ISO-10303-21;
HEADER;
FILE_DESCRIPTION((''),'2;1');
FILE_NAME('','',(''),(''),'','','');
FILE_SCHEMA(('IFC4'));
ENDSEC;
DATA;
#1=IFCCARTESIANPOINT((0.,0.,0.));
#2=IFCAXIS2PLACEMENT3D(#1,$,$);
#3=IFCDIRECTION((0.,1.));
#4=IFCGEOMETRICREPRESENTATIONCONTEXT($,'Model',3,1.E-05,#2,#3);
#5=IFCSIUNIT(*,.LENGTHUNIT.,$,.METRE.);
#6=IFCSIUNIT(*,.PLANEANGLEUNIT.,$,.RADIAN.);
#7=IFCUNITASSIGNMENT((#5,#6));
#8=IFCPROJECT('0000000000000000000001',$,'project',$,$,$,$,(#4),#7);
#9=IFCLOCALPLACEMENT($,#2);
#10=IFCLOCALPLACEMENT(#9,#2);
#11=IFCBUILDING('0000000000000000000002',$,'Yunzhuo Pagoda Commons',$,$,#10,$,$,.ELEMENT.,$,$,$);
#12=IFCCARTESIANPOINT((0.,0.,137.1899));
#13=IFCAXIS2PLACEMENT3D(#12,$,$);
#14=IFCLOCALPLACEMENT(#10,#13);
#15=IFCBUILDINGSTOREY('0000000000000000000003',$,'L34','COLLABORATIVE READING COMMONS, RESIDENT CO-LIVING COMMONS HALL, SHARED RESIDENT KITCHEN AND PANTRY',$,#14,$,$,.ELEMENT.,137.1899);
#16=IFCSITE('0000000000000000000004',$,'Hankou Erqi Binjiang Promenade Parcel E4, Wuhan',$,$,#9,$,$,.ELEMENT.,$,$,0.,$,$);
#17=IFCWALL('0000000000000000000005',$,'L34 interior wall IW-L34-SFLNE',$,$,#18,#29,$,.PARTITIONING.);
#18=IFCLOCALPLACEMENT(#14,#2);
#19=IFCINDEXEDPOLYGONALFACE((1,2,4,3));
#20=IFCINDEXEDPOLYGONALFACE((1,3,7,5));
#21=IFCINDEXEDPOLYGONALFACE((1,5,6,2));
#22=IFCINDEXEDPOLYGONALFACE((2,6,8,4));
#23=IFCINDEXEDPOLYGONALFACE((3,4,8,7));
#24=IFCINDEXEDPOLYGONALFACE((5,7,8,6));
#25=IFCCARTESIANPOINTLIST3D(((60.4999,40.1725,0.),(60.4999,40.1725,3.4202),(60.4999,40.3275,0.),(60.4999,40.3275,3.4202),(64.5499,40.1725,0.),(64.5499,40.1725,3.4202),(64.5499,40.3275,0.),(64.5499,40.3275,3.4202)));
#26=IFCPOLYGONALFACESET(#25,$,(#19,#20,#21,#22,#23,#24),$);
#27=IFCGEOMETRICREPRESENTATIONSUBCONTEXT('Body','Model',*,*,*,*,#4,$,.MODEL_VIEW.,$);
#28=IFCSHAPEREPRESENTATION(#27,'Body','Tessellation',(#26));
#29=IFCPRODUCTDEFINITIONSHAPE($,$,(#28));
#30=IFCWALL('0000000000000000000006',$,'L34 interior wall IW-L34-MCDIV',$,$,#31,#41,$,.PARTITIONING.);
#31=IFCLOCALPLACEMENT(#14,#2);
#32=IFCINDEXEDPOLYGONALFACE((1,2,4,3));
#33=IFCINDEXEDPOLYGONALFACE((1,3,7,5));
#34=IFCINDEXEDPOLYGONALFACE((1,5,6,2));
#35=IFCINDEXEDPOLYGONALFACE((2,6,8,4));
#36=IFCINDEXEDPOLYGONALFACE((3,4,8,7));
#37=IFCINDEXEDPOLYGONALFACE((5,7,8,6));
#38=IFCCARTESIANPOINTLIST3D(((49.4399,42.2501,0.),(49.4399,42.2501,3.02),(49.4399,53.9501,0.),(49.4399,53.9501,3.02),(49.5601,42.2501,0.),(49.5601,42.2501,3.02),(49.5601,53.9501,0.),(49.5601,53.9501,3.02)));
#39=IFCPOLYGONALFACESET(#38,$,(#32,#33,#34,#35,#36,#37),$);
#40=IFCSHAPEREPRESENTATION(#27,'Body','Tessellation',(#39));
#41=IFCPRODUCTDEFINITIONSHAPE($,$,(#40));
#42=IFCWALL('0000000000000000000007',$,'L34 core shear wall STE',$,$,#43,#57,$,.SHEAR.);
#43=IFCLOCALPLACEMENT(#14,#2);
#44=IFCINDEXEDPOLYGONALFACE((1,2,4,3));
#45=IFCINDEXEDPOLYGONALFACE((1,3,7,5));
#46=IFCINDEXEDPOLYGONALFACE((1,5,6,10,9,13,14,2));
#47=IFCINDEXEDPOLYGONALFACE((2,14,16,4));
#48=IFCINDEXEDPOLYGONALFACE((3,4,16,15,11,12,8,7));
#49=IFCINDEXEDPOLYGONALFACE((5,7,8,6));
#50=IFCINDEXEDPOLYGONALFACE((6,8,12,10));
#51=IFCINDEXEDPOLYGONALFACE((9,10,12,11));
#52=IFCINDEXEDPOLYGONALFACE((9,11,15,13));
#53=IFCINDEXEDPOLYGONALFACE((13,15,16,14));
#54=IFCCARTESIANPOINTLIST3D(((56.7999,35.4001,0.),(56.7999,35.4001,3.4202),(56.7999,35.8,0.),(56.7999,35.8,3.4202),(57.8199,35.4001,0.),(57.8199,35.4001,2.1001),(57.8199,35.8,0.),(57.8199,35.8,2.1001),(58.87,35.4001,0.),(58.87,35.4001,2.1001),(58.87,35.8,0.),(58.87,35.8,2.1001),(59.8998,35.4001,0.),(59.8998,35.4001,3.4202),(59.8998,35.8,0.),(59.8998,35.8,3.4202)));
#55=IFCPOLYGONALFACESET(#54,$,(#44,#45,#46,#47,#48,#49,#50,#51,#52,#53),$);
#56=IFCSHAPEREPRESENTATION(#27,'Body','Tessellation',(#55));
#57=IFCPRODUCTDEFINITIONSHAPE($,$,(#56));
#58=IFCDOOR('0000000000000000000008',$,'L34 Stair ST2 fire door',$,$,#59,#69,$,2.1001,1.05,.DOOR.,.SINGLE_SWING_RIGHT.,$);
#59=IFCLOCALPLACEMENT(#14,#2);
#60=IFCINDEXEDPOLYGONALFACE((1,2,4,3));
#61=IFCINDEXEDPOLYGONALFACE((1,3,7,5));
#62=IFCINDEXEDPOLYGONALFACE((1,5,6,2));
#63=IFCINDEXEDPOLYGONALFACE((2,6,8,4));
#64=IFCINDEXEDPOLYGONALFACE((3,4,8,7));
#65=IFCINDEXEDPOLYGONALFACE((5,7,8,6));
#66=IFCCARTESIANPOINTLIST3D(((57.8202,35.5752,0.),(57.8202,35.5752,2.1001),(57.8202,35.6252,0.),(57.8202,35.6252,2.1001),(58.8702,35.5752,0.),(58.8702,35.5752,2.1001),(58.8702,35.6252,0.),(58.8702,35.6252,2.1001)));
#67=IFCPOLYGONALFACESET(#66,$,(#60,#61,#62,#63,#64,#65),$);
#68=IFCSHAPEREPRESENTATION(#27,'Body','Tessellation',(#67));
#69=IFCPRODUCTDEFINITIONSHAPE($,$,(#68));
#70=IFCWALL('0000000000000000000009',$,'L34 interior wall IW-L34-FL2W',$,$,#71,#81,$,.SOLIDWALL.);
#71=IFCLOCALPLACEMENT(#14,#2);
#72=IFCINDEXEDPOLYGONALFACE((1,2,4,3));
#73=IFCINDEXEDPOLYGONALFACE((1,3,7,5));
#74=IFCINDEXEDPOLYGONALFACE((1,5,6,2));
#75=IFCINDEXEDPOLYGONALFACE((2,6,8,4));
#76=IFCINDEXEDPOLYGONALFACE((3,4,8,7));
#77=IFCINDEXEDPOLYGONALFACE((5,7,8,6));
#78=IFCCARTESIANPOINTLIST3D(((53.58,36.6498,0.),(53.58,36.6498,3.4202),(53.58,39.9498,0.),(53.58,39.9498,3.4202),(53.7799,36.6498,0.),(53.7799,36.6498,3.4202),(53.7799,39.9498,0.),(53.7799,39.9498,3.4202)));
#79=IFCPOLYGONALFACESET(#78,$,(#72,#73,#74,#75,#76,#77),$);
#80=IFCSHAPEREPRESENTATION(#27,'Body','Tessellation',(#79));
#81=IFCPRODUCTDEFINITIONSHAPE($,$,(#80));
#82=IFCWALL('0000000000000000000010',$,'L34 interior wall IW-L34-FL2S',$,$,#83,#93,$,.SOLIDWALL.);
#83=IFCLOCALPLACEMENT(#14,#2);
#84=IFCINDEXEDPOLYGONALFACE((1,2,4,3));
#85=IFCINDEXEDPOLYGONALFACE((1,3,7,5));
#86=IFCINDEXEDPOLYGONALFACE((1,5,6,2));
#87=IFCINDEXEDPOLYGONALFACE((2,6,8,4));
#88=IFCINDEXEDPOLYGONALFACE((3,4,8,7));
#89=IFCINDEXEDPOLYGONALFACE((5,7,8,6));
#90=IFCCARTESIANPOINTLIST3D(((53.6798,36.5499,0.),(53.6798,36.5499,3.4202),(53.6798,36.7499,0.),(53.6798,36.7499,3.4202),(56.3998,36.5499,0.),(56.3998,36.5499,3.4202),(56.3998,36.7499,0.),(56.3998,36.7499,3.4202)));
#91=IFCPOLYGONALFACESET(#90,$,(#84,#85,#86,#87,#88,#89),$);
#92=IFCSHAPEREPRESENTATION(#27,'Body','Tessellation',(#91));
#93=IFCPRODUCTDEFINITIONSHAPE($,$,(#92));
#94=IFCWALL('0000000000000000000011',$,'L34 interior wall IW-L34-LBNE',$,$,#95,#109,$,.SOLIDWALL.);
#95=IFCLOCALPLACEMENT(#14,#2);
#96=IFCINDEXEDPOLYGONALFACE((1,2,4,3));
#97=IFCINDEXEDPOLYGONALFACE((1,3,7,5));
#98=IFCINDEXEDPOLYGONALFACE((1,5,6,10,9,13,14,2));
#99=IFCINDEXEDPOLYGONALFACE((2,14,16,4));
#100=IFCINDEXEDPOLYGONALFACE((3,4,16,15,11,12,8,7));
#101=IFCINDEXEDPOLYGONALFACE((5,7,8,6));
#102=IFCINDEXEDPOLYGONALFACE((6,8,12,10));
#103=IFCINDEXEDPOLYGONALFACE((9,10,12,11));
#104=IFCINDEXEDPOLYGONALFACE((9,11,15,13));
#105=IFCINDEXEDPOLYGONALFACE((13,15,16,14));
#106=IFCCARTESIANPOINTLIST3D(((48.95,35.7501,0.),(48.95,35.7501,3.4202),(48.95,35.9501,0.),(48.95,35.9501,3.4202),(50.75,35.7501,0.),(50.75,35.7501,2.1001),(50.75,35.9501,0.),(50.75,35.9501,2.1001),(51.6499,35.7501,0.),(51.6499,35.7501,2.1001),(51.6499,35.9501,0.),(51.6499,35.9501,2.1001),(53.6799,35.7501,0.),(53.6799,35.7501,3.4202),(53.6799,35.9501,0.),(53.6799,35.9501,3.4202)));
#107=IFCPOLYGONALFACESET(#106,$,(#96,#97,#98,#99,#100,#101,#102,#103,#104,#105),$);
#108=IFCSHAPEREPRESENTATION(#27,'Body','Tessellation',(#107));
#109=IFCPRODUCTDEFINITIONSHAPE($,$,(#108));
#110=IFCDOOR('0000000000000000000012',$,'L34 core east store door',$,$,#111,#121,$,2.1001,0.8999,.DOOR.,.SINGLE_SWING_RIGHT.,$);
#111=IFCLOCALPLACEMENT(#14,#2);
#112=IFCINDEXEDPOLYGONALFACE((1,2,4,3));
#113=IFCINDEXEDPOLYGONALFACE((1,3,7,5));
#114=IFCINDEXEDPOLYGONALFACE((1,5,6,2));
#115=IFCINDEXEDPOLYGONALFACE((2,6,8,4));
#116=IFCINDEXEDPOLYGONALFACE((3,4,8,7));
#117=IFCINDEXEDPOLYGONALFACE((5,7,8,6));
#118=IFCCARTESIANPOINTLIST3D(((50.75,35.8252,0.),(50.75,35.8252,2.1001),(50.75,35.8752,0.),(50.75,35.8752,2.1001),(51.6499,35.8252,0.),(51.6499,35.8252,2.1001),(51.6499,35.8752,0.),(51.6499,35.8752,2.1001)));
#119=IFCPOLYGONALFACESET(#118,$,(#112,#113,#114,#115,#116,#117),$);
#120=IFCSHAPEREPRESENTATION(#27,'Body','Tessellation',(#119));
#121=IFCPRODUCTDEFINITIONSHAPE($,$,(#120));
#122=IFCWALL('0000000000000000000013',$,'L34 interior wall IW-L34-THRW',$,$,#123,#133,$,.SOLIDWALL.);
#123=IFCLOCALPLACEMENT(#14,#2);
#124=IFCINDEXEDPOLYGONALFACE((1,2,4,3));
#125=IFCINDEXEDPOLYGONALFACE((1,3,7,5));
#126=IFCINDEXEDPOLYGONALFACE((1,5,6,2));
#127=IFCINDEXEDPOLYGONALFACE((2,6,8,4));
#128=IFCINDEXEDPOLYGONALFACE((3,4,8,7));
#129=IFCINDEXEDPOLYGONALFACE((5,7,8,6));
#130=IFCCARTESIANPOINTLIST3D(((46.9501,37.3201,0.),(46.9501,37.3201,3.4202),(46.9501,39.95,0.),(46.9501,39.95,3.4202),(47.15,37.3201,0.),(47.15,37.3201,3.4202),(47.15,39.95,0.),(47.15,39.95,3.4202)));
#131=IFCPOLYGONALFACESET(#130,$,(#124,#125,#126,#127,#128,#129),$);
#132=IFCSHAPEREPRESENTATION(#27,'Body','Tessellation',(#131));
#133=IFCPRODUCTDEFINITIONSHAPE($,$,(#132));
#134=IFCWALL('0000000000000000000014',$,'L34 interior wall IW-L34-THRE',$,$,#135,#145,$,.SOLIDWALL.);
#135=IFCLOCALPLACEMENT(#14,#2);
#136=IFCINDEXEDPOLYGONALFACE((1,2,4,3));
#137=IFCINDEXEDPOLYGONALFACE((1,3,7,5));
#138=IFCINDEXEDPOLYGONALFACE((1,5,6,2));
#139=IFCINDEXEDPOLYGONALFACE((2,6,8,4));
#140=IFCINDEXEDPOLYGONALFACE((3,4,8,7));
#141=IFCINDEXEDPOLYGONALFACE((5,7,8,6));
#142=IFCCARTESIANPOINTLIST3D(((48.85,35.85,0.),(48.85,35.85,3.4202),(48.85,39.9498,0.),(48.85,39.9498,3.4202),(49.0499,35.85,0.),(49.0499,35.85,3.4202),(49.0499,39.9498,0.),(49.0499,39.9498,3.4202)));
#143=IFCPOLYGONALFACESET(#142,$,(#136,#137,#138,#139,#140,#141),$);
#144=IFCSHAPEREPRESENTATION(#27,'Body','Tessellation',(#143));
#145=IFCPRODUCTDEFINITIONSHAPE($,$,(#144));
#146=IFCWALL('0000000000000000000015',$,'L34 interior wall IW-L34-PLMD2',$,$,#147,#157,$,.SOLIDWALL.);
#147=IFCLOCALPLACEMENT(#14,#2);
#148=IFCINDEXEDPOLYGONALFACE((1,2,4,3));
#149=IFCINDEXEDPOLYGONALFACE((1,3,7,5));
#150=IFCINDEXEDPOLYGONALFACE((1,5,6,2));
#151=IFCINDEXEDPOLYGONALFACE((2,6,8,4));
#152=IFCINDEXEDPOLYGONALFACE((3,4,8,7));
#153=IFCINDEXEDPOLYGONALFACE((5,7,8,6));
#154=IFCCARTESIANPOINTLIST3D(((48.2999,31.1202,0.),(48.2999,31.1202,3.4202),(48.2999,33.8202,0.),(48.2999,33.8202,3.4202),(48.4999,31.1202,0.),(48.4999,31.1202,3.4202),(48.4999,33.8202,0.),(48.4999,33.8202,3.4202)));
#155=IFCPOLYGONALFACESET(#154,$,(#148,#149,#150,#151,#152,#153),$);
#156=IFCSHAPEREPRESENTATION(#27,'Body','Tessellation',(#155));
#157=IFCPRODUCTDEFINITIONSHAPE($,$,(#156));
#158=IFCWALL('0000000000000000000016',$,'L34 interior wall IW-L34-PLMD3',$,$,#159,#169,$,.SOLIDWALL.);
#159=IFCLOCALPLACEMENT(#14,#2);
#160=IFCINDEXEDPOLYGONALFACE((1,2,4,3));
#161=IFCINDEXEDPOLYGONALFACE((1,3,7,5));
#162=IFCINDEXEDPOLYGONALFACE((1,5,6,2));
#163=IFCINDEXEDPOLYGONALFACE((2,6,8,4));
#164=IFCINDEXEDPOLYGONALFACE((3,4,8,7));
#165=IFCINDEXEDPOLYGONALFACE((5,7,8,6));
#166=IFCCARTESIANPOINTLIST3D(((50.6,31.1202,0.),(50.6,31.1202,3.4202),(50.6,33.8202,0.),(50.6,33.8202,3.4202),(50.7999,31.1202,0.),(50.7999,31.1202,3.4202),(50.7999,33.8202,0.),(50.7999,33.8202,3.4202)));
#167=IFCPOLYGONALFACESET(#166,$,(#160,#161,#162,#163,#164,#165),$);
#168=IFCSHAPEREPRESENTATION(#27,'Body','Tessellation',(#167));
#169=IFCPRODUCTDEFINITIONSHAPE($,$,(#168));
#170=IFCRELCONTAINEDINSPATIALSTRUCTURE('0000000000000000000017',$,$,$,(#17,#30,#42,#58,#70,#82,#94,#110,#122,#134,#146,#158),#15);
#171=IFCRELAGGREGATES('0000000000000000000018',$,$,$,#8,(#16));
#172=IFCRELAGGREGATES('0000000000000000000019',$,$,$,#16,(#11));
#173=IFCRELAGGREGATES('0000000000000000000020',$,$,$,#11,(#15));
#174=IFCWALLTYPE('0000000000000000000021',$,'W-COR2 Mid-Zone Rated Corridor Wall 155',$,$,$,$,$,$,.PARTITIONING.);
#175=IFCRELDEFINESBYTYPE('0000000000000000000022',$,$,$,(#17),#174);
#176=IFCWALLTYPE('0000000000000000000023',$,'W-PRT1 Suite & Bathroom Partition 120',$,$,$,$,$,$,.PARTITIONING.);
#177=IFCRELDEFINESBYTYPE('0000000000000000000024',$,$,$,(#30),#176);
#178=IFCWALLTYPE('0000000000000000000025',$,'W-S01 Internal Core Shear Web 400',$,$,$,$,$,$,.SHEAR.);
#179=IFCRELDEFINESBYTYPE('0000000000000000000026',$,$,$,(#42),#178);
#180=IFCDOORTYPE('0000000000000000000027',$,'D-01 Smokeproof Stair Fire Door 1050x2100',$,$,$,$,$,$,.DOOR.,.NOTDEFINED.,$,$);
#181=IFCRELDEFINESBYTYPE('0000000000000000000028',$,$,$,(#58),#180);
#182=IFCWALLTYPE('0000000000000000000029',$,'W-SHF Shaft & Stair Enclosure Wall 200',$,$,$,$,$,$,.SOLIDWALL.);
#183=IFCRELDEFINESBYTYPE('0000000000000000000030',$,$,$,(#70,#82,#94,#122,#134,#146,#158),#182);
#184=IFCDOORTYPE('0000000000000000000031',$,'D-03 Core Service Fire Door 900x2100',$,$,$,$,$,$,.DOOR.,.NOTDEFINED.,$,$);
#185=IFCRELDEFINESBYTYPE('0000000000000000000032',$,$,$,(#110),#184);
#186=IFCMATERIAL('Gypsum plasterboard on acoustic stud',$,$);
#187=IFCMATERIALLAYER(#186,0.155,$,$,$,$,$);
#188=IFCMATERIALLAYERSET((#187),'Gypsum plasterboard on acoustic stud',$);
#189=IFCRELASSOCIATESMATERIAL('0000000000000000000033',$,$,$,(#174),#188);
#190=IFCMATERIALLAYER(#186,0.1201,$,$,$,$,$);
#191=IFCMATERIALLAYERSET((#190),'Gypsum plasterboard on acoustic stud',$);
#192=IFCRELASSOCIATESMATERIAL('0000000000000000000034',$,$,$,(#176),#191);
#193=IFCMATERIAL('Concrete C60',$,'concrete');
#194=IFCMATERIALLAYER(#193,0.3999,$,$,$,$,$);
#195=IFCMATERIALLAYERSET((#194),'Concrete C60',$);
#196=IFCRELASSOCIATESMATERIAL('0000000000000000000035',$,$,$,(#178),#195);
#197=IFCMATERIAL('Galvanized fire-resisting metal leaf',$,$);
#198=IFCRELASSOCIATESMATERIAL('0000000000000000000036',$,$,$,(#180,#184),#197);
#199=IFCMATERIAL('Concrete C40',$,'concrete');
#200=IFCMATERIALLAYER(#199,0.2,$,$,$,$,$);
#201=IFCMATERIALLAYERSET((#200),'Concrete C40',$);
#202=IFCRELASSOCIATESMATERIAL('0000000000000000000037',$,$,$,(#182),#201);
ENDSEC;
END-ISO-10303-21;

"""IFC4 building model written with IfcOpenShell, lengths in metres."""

from ifc_helpers import new_model, si_unit, direction, frame, frame_2d, origin, place, context, subcontext, project, spatial, rectangle, extrude, source, transform, mapped, material, layer, layer_set, type_object, element, fill, save


model = new_model("IFC4")

# Units and contexts
model_context = context("Model", 3, precision=1e-05, world=origin(), true_north=direction((0.0, 1.0)))
body_context = subcontext(model_context, "Body", "Model", "MODEL_VIEW")
ifc_project = project(units=[si_unit("LENGTHUNIT", "METRE"), si_unit("PLANEANGLEUNIT", "RADIAN")], contexts=[model_context])

# Site, building, storey
site_placement = place(None, origin())
site = spatial("IfcSite", under=ifc_project, at=site_placement, Name="Hankou Erqi Binjiang Promenade Parcel E4, Wuhan", CompositionType="ELEMENT", RefElevation=0.0)
building_placement = place(site_placement, origin())
building = spatial("IfcBuilding", under=site, at=building_placement, Name="Yunzhuo Pagoda Commons", CompositionType="ELEMENT")
storey_placement = place(building_placement, frame((0.0, 0.0, 137.1899)))
storey = spatial("IfcBuildingStorey", under=building, at=storey_placement, Name="L34", Description="COLLABORATIVE READING COMMONS, RESIDENT CO-LIVING COMMONS HALL, SHARED RESIDENT KITCHEN AND PANTRY", CompositionType="ELEMENT", Elevation=137.1899)

# Shared definitions
ifc_material_1 = material(Name="Concrete C60", Category="concrete")
ifc_material_2 = material(Name="Galvanized fire-resisting metal leaf")
shared_shape_1 = source(origin(), body_context, "Body", "SweptSolid", [
    extrude(rectangle(XDim=1.05, YDim=2.1001, at=frame_2d((0.5249, 1.05))), frame((0.0, 0.0249, 0.0), z_axis=(0.0, -1.0, 0.0), x_axis=(1.0, 0.0, 0.0)), (0.0, 0.0, 1.0), 0.05),
])

# Walls
ifc_material_3 = material(Name="Gypsum plasterboard on acoustic stud")
ifc_layer_1 = layer(ifc_material_3, 0.155)
ifc_layer_set_1 = layer_set([ifc_layer_1], Name="Gypsum plasterboard on acoustic stud")
wall_type_1 = type_object("IfcWallType", Name="W-COR2 Mid-Zone Rated Corridor Wall 155", PredefinedType="PARTITIONING", material=ifc_layer_set_1)
wall_1_placement = place(storey_placement, frame((60.5, 40.25, 0.0), z_axis=(0.0, 0.0, 1.0), x_axis=(1.0, 0.0, 0.0)))
element("IfcWall", 1, at=wall_1_placement, inside=storey, type_object=wall_type_1, Name="L34 interior wall IW-L34-SFLNE", PredefinedType="PARTITIONING", context=body_context, shape_type="SweptSolid", body=[
    extrude(rectangle(XDim=4.05, YDim=0.155, at=frame_2d((2.0249, 0.0))), origin(), (0.0, 0.0, 1.0), 3.4202),
])
ifc_layer_2 = layer(ifc_material_3, 0.1201)
ifc_layer_set_2 = layer_set([ifc_layer_2], Name="Gypsum plasterboard on acoustic stud")
wall_type_2 = type_object("IfcWallType", Name="W-PRT1 Suite & Bathroom Partition 120", PredefinedType="PARTITIONING", material=ifc_layer_set_2)
wall_2_placement = place(storey_placement, frame((49.5, 42.25, 0.0), z_axis=(0.0, 0.0, 1.0), x_axis=(0.0, 1.0, 0.0)))
element("IfcWall", 2, at=wall_2_placement, inside=storey, type_object=wall_type_2, Name="L34 interior wall IW-L34-MCDIV", PredefinedType="PARTITIONING", context=body_context, shape_type="SweptSolid", body=[
    extrude(rectangle(XDim=11.7, YDim=0.1201, at=frame_2d((5.8501, 0.0))), origin(), (0.0, 0.0, 1.0), 3.02),
])

# Wall, opening, door
ifc_layer_3 = layer(ifc_material_1, 0.3999)
ifc_layer_set_3 = layer_set([ifc_layer_3], Name="Concrete C60")
wall_type_3 = type_object("IfcWallType", Name="W-S01 Internal Core Shear Web 400", PredefinedType="SHEAR", material=ifc_layer_set_3)
wall_3_placement = place(storey_placement, frame((56.8, 35.6001, 0.0), z_axis=(0.0, 0.0, 1.0), x_axis=(1.0, 0.0, 0.0)))
wall_3 = element("IfcWall", 3, at=wall_3_placement, inside=storey, type_object=wall_type_3, Name="L34 core shear wall STE", PredefinedType="SHEAR", context=body_context, shape_type="SweptSolid", body=[
    extrude(rectangle(XDim=3.0999, YDim=0.3999, at=frame_2d((1.5498, 0.0))), origin(), (0.0, 0.0, 1.0), 3.4202),
])
opening_1_placement = place(wall_3_placement, frame((1.02, 0.0, 0.0)))
opening_1 = element("IfcOpeningElement", 4, at=opening_1_placement, cuts=wall_3, PredefinedType="OPENING", context=body_context, shape_type="SweptSolid", body=[
    extrude(rectangle(XDim=1.05, YDim=2.1001, at=frame_2d((0.5249, 1.05))), frame((0.0, 0.21, 0.0), z_axis=(0.0, -1.0, 0.0), x_axis=(1.0, 0.0, 0.0)), (0.0, 0.0, 1.0), 0.4199),
])
door_type_1 = type_object("IfcDoorType", Name="D-01 Smokeproof Stair Fire Door 1050x2100", OperationType="NOTDEFINED", PredefinedType="DOOR", material=ifc_material_2)
door_1_placement = place(opening_1_placement, frame((1.05, 0.0, 0.0), z_axis=(0.0, 0.0, 1.0), x_axis=(-1.0, 0.0, 0.0)))
door_1 = element("IfcDoor", 5, at=door_1_placement, inside=storey, type_object=door_type_1, Name="L34 Stair ST2 fire door", OperationType="SINGLE_SWING_RIGHT", OverallHeight=2.1001, OverallWidth=1.05, PredefinedType="DOOR", context=body_context, shape_type="MappedRepresentation", body=[
    mapped(shared_shape_1, transform((0.0, 0.0, 0.0), scale=1.0)),
])
fill(opening_1, door_1)

# Walls
ifc_material_4 = material(Name="Concrete C40", Category="concrete")
ifc_layer_4 = layer(ifc_material_4, 0.2)
ifc_layer_set_4 = layer_set([ifc_layer_4], Name="Concrete C40")
wall_type_4 = type_object("IfcWallType", Name="W-SHF Shaft & Stair Enclosure Wall 200", PredefinedType="SOLIDWALL", material=ifc_layer_set_4)
wall_4_placement = place(storey_placement, frame((53.6799, 36.6499, 0.0), z_axis=(0.0, 0.0, 1.0), x_axis=(0.0, 1.0, 0.0)))
element("IfcWall", 6, at=wall_4_placement, inside=storey, type_object=wall_type_4, Name="L34 interior wall IW-L34-FL2W", PredefinedType="SOLIDWALL", context=body_context, shape_type="SweptSolid", body=[
    extrude(rectangle(XDim=3.3, YDim=0.2, at=frame_2d((1.6499, 0.0))), origin(), (0.0, 0.0, 1.0), 3.4202),
])
wall_5_placement = place(storey_placement, frame((53.6799, 36.6499, 0.0), z_axis=(0.0, 0.0, 1.0), x_axis=(1.0, 0.0, 0.0)))
element("IfcWall", 7, at=wall_5_placement, inside=storey, type_object=wall_type_4, Name="L34 interior wall IW-L34-FL2S", PredefinedType="SOLIDWALL", context=body_context, shape_type="SweptSolid", body=[
    extrude(rectangle(XDim=2.72, YDim=0.2, at=frame_2d((1.3599, 0.0))), origin(), (0.0, 0.0, 1.0), 3.4202),
])

# Wall, opening, door
wall_6_placement = place(storey_placement, frame((48.95, 35.8501, 0.0), z_axis=(0.0, 0.0, 1.0), x_axis=(1.0, 0.0, 0.0)))
wall_6 = element("IfcWall", 8, at=wall_6_placement, inside=storey, type_object=wall_type_4, Name="L34 interior wall IW-L34-LBNE", PredefinedType="SOLIDWALL", context=body_context, shape_type="SweptSolid", body=[
    extrude(rectangle(XDim=4.73, YDim=0.2, at=frame_2d((2.365, 0.0))), origin(), (0.0, 0.0, 1.0), 3.4202),
])
opening_2_placement = place(wall_6_placement, frame((1.8, 0.0, 0.0)))
opening_2 = element("IfcOpeningElement", 9, at=opening_2_placement, cuts=wall_6, PredefinedType="OPENING", context=body_context, shape_type="SweptSolid", body=[
    extrude(rectangle(XDim=0.8999, YDim=2.1001, at=frame_2d((0.45, 1.05))), frame((0.0, 0.1099, 0.0), z_axis=(0.0, -1.0, 0.0), x_axis=(1.0, 0.0, 0.0)), (0.0, 0.0, 1.0), 0.22),
])
door_type_2 = type_object("IfcDoorType", Name="D-03 Core Service Fire Door 900x2100", OperationType="NOTDEFINED", PredefinedType="DOOR", material=ifc_material_2)
shared_shape_2 = source(origin(), body_context, "Body", "SweptSolid", [
    extrude(rectangle(XDim=0.8999, YDim=2.1001, at=frame_2d((0.45, 1.05))), frame((0.0, 0.0249, 0.0), z_axis=(0.0, -1.0, 0.0), x_axis=(1.0, 0.0, 0.0)), (0.0, 0.0, 1.0), 0.05),
])
door_2_placement = place(opening_2_placement, frame((0.8999, 0.0, 0.0), z_axis=(0.0, 0.0, 1.0), x_axis=(-1.0, 0.0, 0.0)))
door_2 = element("IfcDoor", 10, at=door_2_placement, inside=storey, type_object=door_type_2, Name="L34 core east store door", OperationType="SINGLE_SWING_RIGHT", OverallHeight=2.1001, OverallWidth=0.8999, PredefinedType="DOOR", context=body_context, shape_type="MappedRepresentation", body=[
    mapped(shared_shape_2, transform((0.0, 0.0, 0.0), scale=1.0)),
])
fill(opening_2, door_2)

# Walls
wall_7_placement = place(storey_placement, frame((47.05, 37.3201, 0.0), z_axis=(0.0, 0.0, 1.0), x_axis=(0.0, 1.0, 0.0)))
element("IfcWall", 11, at=wall_7_placement, inside=storey, type_object=wall_type_4, Name="L34 interior wall IW-L34-THRW", PredefinedType="SOLIDWALL", context=body_context, shape_type="SweptSolid", body=[
    extrude(rectangle(XDim=2.6299, YDim=0.2, at=frame_2d((1.3149, 0.0))), origin(), (0.0, 0.0, 1.0), 3.4202),
])
wall_8_placement = place(storey_placement, frame((48.95, 35.8501, 0.0), z_axis=(0.0, 0.0, 1.0), x_axis=(0.0, 1.0, 0.0)))
element("IfcWall", 12, at=wall_8_placement, inside=storey, type_object=wall_type_4, Name="L34 interior wall IW-L34-THRE", PredefinedType="SOLIDWALL", context=body_context, shape_type="SweptSolid", body=[
    extrude(rectangle(XDim=4.0999, YDim=0.2, at=frame_2d((2.0498, 0.0))), origin(), (0.0, 0.0, 1.0), 3.4202),
])
for number, where, z_axis, x_axis, name in (
    (13, (48.3999, 31.1201, 0.0), (0.0, 0.0, 1.0), (0.0, 1.0, 0.0), "L34 interior wall IW-L34-PLMD2"),
    (14, (50.7, 31.1201, 0.0), (0.0, 0.0, 1.0), (0.0, 1.0, 0.0), "L34 interior wall IW-L34-PLMD3"),
):
    element("IfcWall", number, at=place(storey_placement, frame(where, z_axis=z_axis, x_axis=x_axis)), inside=storey, type_object=wall_type_4, Name=name, PredefinedType="SOLIDWALL", context=body_context, shape_type="SweptSolid", body=[
        extrude(rectangle(XDim=2.7, YDim=0.2, at=frame_2d((1.3501, 0.0))), origin(), (0.0, 0.0, 1.0), 3.4202),
    ])

save(model, "model.ifc")
